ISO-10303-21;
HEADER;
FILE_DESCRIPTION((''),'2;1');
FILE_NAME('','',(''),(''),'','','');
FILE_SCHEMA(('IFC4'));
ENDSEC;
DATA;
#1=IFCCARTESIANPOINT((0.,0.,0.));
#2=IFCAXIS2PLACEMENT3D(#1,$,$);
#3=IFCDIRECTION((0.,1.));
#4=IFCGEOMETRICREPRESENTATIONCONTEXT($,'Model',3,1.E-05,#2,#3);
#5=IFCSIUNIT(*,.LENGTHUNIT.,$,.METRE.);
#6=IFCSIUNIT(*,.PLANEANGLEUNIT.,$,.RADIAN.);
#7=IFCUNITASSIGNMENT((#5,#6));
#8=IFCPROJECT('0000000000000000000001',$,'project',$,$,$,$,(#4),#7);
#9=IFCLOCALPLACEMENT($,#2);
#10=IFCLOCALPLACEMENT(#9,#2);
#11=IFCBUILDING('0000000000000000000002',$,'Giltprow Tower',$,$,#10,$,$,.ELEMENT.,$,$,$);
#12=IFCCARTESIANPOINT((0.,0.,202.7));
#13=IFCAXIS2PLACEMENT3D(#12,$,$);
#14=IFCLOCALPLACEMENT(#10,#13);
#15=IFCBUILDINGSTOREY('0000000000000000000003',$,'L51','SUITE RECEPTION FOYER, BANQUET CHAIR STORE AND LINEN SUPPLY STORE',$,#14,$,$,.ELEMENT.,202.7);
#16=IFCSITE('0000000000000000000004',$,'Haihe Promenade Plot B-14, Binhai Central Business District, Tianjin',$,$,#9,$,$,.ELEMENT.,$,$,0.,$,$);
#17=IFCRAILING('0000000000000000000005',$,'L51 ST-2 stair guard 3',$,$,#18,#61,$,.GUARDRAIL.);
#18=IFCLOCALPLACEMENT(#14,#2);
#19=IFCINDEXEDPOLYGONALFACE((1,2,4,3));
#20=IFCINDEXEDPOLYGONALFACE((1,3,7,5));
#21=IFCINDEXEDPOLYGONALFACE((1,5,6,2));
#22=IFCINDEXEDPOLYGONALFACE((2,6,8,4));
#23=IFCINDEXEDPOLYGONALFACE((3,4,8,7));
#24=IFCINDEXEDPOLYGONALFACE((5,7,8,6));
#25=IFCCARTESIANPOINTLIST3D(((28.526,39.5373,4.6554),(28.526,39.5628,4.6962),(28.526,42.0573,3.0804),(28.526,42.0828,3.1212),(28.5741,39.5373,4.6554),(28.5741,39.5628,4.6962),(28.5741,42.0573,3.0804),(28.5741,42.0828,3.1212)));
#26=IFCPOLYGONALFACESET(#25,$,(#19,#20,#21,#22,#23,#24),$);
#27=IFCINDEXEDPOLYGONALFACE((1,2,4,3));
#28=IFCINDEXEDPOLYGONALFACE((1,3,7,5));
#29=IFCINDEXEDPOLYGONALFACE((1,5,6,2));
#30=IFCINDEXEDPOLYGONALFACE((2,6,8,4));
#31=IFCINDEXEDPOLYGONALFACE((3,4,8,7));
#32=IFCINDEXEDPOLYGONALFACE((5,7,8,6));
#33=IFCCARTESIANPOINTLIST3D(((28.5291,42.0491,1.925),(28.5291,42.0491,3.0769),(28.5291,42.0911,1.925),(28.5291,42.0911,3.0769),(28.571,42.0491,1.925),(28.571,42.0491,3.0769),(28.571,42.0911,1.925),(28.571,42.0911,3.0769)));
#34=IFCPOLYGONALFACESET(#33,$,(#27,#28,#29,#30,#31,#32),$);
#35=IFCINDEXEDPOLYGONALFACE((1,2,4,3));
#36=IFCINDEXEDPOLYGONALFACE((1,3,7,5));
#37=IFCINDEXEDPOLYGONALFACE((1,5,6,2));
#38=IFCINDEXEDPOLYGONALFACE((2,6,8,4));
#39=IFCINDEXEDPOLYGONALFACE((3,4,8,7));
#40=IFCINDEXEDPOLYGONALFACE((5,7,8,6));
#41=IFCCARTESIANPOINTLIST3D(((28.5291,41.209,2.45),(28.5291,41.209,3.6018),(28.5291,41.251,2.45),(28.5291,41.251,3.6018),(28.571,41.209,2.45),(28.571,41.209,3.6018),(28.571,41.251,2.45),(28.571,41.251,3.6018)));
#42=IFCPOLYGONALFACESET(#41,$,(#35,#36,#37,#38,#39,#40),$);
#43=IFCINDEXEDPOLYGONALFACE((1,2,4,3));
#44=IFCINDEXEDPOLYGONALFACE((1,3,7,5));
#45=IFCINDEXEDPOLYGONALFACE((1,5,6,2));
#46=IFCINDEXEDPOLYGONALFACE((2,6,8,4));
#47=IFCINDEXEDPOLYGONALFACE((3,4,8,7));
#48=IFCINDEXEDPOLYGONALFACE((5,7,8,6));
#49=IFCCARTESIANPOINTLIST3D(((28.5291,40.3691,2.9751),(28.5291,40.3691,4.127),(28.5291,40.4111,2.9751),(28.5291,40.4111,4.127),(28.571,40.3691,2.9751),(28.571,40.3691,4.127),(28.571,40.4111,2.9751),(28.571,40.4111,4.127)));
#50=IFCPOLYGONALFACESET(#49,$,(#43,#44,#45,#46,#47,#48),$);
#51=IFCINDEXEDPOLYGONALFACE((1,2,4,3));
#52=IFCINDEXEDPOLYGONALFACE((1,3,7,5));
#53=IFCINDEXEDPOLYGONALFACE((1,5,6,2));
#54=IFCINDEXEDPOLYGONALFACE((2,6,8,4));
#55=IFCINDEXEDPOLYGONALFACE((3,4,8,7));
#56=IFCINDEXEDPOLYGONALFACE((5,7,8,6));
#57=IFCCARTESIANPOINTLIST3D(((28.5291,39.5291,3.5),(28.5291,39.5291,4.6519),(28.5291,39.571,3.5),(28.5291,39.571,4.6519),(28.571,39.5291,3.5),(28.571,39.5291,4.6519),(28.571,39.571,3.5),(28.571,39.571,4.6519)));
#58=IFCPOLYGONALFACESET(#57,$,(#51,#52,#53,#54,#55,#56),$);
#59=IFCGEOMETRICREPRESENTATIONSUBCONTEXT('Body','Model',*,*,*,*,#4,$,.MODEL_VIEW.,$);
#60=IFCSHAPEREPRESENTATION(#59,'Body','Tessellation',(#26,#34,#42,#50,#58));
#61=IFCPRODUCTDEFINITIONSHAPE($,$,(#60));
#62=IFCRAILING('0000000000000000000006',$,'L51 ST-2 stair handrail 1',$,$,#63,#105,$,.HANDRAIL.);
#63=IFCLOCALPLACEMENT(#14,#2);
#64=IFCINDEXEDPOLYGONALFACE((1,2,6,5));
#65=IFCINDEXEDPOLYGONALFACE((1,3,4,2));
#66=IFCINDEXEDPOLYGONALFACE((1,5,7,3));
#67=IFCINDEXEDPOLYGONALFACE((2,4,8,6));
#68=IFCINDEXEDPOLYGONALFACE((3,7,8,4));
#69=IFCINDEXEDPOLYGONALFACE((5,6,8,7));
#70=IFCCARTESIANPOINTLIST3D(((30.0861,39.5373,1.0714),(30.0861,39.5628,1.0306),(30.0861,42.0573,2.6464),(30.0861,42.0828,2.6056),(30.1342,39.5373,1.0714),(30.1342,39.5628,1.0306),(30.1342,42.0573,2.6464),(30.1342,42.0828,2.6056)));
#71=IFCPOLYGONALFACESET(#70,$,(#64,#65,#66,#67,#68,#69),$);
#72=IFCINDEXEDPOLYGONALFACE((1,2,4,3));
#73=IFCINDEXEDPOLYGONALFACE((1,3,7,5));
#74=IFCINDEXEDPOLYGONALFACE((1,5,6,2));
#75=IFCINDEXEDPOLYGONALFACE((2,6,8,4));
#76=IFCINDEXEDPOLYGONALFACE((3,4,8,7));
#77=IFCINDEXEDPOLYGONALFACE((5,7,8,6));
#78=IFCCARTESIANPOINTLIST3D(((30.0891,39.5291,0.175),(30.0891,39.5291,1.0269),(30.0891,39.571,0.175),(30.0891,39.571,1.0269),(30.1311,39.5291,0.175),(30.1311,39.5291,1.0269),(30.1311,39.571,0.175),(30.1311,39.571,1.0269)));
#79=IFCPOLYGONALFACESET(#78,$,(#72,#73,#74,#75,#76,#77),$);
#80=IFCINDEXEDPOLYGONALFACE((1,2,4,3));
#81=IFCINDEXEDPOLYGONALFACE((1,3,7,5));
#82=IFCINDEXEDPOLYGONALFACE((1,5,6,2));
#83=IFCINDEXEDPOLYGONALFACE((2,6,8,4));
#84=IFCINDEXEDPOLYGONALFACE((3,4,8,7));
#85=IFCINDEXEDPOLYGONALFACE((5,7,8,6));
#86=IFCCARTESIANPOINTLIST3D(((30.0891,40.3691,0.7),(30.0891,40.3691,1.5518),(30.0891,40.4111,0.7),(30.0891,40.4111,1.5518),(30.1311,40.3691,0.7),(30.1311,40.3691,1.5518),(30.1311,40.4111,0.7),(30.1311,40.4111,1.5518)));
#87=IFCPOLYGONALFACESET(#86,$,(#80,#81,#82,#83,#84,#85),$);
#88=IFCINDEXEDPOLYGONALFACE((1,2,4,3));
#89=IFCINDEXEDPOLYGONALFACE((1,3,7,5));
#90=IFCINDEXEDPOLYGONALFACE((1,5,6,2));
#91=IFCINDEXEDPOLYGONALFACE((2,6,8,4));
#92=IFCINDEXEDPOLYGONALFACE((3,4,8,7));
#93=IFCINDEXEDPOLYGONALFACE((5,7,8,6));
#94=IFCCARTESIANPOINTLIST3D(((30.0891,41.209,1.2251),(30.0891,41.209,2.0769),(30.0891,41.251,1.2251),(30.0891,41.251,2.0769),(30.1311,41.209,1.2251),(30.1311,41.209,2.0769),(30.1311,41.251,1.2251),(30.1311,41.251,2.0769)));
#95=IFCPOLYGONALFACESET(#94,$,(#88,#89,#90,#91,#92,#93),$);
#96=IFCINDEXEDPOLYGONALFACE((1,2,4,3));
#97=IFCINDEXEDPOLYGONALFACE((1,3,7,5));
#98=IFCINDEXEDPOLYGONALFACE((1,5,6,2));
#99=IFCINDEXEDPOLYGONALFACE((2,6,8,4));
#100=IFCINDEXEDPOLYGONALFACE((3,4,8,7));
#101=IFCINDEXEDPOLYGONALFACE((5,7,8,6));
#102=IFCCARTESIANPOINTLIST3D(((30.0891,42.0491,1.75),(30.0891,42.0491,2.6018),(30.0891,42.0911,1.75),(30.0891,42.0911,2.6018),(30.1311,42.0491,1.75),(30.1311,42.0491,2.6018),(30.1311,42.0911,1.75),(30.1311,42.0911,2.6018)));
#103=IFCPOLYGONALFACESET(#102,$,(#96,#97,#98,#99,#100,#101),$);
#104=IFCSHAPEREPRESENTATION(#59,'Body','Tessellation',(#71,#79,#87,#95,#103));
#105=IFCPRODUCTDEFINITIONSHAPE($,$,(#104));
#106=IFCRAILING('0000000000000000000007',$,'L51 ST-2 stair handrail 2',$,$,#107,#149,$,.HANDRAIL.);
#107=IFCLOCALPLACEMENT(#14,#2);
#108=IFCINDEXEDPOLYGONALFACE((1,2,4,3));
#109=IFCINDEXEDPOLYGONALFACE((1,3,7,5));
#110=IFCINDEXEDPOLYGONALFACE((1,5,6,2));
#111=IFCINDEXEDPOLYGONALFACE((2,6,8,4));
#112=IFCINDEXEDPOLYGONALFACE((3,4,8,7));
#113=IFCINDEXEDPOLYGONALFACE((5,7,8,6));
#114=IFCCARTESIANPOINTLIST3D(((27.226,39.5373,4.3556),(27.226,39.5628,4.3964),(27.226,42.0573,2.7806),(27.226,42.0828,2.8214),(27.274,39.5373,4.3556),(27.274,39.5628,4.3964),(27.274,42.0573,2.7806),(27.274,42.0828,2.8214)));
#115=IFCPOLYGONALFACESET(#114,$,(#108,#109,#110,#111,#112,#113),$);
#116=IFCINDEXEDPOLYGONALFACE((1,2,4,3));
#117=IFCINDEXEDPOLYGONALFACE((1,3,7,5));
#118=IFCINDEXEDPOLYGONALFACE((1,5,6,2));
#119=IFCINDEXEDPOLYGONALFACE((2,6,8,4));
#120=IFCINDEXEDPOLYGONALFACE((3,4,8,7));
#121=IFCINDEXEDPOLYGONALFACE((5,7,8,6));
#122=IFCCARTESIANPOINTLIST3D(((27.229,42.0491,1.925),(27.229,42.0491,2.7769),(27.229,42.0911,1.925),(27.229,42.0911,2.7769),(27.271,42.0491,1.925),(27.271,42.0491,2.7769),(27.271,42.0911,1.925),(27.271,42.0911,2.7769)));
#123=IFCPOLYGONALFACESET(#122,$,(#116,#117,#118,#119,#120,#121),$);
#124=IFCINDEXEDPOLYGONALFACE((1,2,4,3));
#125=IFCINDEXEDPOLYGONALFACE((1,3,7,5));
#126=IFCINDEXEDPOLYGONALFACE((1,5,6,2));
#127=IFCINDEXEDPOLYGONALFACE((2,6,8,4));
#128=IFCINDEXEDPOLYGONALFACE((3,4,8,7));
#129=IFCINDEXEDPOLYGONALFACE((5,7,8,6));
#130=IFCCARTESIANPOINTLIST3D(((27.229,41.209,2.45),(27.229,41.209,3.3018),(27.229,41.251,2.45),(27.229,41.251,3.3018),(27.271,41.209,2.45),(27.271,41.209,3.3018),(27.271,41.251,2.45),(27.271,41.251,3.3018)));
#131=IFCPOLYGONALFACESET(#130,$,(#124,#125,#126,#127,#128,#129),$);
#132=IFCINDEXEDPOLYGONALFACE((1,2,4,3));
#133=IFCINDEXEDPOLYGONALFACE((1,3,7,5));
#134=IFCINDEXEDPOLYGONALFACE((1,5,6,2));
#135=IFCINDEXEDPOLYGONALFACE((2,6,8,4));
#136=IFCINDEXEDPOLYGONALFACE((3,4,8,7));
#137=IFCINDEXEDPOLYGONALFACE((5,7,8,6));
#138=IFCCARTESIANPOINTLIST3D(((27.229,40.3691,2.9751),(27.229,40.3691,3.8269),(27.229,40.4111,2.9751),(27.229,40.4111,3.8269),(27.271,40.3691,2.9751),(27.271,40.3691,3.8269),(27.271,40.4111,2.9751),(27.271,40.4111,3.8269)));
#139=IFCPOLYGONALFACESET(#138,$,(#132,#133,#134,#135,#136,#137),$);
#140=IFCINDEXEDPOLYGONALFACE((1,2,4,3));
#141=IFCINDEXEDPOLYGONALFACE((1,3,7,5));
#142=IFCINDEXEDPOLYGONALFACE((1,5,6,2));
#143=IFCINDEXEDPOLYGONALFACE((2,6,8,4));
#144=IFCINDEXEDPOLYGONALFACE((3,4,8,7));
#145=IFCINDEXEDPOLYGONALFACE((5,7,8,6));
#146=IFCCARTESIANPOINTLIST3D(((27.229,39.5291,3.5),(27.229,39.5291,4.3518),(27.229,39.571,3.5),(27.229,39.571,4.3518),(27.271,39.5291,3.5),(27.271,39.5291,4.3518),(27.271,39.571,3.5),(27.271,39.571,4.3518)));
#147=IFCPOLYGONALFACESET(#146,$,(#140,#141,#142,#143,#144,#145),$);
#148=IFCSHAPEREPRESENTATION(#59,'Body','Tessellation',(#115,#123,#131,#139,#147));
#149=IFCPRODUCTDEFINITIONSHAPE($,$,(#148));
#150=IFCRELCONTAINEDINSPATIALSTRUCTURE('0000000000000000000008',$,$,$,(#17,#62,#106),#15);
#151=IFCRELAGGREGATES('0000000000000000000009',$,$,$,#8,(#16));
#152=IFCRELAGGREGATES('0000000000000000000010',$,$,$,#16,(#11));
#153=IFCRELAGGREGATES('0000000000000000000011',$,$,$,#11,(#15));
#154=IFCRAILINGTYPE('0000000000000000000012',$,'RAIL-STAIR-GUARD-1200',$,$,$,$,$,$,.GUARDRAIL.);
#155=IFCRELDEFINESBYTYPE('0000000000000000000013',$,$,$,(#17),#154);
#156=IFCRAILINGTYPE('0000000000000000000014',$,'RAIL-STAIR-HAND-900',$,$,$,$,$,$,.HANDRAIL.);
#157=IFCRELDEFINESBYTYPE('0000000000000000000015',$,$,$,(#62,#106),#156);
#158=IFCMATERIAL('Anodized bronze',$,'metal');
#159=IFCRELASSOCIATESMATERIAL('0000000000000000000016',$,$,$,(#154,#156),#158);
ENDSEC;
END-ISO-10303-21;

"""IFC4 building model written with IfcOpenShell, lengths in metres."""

from ifc_helpers import new_model, si_unit, direction, frame, origin, origin_2d, place, context, subcontext, project, spatial, rectangle, extrude, material, type_object, element, save


model = new_model("IFC4")

# Units and contexts
model_context = context("Model", 3, precision=1e-05, world=origin(), true_north=direction((0.0, 1.0)))
body_context = subcontext(model_context, "Body", "Model", "MODEL_VIEW")
ifc_project = project(units=[si_unit("LENGTHUNIT", "METRE"), si_unit("PLANEANGLEUNIT", "RADIAN")], contexts=[model_context])

# Site, building, storey
site_placement = place(None, origin())
site = spatial("IfcSite", under=ifc_project, at=site_placement, Name="Haihe Promenade Plot B-14, Binhai Central Business District, Tianjin", CompositionType="ELEMENT", RefElevation=0.0)
building_placement = place(site_placement, origin())
building = spatial("IfcBuilding", under=site, at=building_placement, Name="Giltprow Tower", CompositionType="ELEMENT")
storey_placement = place(building_placement, frame((0.0, 0.0, 202.7)))
storey = spatial("IfcBuildingStorey", under=building, at=storey_placement, Name="L51", Description="SUITE RECEPTION FOYER, BANQUET CHAIR STORE AND LINEN SUPPLY STORE", CompositionType="ELEMENT", Elevation=202.7)

# Railings
ifc_material_1 = material(Name="Anodized bronze", Category="metal")
railing_type_1 = type_object("IfcRailingType", Name="RAIL-STAIR-GUARD-1200", PredefinedType="GUARDRAIL", material=ifc_material_1)
railing_1_placement = place(storey_placement, frame((28.55, 42.0701, 1.925)))
element("IfcRailing", 1, at=railing_1_placement, inside=storey, type_object=railing_type_1, Name="L51 ST-2 stair guard 3", PredefinedType="GUARDRAIL", context=body_context, shape_type="SweptSolid", body=[
    extrude(rectangle(XDim=0.0481, YDim=0.0481, at=origin_2d()), frame((0.0, 0.0, 1.1758), z_axis=(0.0, -0.848008, 0.529984), x_axis=(1.0, 0.0, 0.0)), (0.0, 0.0, 1.0), 2.9717),
    extrude(rectangle(XDim=0.042, YDim=0.042, at=origin_2d()), origin(), (0.0, 0.0, 1.0), 1.1519),
    extrude(rectangle(XDim=0.042, YDim=0.042, at=origin_2d()), frame((0.0, -0.8401, 0.5249)), (0.0, 0.0, 1.0), 1.1519),
    extrude(rectangle(XDim=0.042, YDim=0.042, at=origin_2d()), frame((0.0, -1.6799, 1.05)), (0.0, 0.0, 1.0), 1.1519),
    extrude(rectangle(XDim=0.042, YDim=0.042, at=origin_2d()), frame((0.0, -2.52, 1.575)), (0.0, 0.0, 1.0), 1.1519),
])
railing_type_2 = type_object("IfcRailingType", Name="RAIL-STAIR-HAND-900", PredefinedType="HANDRAIL", material=ifc_material_1)
railing_2_placement = place(storey_placement, frame((30.1101, 39.55, 0.175)))
element("IfcRailing", 2, at=railing_2_placement, inside=storey, type_object=railing_type_2, Name="L51 ST-2 stair handrail 1", PredefinedType="HANDRAIL", context=body_context, shape_type="SweptSolid", body=[
    extrude(rectangle(XDim=0.0481, YDim=0.0481, at=origin_2d()), frame((0.0, 0.0, 0.876), z_axis=(0.0, 0.848008, 0.529984), x_axis=(-1.0, 0.0, 0.0)), (0.0, 0.0, 1.0), 2.9717),
    extrude(rectangle(XDim=0.042, YDim=0.042, at=origin_2d()), origin(), (0.0, 0.0, 1.0), 0.8518),
    extrude(rectangle(XDim=0.042, YDim=0.042, at=origin_2d()), frame((0.0, 0.8401, 0.5249)), (0.0, 0.0, 1.0), 0.8518),
    extrude(rectangle(XDim=0.042, YDim=0.042, at=origin_2d()), frame((0.0, 1.6799, 1.05)), (0.0, 0.0, 1.0), 0.8518),
    extrude(rectangle(XDim=0.042, YDim=0.042, at=origin_2d()), frame((0.0, 2.52, 1.575)), (0.0, 0.0, 1.0), 0.8518),
])
railing_3_placement = place(storey_placement, frame((27.25, 42.0701, 1.925)))
element("IfcRailing", 3, at=railing_3_placement, inside=storey, type_object=railing_type_2, Name="L51 ST-2 stair handrail 2", PredefinedType="HANDRAIL", context=body_context, shape_type="SweptSolid", body=[
    extrude(rectangle(XDim=0.0481, YDim=0.0481, at=origin_2d()), frame((0.0, 0.0, 0.876), z_axis=(0.0, -0.848008, 0.529984), x_axis=(1.0, 0.0, 0.0)), (0.0, 0.0, 1.0), 2.9717),
    extrude(rectangle(XDim=0.042, YDim=0.042, at=origin_2d()), origin(), (0.0, 0.0, 1.0), 0.8518),
    extrude(rectangle(XDim=0.042, YDim=0.042, at=origin_2d()), frame((0.0, -0.8401, 0.5249)), (0.0, 0.0, 1.0), 0.8518),
    extrude(rectangle(XDim=0.042, YDim=0.042, at=origin_2d()), frame((0.0, -1.6799, 1.05)), (0.0, 0.0, 1.0), 0.8518),
    extrude(rectangle(XDim=0.042, YDim=0.042, at=origin_2d()), frame((0.0, -2.52, 1.575)), (0.0, 0.0, 1.0), 0.8518),
])

save(model, "model.ifc")
